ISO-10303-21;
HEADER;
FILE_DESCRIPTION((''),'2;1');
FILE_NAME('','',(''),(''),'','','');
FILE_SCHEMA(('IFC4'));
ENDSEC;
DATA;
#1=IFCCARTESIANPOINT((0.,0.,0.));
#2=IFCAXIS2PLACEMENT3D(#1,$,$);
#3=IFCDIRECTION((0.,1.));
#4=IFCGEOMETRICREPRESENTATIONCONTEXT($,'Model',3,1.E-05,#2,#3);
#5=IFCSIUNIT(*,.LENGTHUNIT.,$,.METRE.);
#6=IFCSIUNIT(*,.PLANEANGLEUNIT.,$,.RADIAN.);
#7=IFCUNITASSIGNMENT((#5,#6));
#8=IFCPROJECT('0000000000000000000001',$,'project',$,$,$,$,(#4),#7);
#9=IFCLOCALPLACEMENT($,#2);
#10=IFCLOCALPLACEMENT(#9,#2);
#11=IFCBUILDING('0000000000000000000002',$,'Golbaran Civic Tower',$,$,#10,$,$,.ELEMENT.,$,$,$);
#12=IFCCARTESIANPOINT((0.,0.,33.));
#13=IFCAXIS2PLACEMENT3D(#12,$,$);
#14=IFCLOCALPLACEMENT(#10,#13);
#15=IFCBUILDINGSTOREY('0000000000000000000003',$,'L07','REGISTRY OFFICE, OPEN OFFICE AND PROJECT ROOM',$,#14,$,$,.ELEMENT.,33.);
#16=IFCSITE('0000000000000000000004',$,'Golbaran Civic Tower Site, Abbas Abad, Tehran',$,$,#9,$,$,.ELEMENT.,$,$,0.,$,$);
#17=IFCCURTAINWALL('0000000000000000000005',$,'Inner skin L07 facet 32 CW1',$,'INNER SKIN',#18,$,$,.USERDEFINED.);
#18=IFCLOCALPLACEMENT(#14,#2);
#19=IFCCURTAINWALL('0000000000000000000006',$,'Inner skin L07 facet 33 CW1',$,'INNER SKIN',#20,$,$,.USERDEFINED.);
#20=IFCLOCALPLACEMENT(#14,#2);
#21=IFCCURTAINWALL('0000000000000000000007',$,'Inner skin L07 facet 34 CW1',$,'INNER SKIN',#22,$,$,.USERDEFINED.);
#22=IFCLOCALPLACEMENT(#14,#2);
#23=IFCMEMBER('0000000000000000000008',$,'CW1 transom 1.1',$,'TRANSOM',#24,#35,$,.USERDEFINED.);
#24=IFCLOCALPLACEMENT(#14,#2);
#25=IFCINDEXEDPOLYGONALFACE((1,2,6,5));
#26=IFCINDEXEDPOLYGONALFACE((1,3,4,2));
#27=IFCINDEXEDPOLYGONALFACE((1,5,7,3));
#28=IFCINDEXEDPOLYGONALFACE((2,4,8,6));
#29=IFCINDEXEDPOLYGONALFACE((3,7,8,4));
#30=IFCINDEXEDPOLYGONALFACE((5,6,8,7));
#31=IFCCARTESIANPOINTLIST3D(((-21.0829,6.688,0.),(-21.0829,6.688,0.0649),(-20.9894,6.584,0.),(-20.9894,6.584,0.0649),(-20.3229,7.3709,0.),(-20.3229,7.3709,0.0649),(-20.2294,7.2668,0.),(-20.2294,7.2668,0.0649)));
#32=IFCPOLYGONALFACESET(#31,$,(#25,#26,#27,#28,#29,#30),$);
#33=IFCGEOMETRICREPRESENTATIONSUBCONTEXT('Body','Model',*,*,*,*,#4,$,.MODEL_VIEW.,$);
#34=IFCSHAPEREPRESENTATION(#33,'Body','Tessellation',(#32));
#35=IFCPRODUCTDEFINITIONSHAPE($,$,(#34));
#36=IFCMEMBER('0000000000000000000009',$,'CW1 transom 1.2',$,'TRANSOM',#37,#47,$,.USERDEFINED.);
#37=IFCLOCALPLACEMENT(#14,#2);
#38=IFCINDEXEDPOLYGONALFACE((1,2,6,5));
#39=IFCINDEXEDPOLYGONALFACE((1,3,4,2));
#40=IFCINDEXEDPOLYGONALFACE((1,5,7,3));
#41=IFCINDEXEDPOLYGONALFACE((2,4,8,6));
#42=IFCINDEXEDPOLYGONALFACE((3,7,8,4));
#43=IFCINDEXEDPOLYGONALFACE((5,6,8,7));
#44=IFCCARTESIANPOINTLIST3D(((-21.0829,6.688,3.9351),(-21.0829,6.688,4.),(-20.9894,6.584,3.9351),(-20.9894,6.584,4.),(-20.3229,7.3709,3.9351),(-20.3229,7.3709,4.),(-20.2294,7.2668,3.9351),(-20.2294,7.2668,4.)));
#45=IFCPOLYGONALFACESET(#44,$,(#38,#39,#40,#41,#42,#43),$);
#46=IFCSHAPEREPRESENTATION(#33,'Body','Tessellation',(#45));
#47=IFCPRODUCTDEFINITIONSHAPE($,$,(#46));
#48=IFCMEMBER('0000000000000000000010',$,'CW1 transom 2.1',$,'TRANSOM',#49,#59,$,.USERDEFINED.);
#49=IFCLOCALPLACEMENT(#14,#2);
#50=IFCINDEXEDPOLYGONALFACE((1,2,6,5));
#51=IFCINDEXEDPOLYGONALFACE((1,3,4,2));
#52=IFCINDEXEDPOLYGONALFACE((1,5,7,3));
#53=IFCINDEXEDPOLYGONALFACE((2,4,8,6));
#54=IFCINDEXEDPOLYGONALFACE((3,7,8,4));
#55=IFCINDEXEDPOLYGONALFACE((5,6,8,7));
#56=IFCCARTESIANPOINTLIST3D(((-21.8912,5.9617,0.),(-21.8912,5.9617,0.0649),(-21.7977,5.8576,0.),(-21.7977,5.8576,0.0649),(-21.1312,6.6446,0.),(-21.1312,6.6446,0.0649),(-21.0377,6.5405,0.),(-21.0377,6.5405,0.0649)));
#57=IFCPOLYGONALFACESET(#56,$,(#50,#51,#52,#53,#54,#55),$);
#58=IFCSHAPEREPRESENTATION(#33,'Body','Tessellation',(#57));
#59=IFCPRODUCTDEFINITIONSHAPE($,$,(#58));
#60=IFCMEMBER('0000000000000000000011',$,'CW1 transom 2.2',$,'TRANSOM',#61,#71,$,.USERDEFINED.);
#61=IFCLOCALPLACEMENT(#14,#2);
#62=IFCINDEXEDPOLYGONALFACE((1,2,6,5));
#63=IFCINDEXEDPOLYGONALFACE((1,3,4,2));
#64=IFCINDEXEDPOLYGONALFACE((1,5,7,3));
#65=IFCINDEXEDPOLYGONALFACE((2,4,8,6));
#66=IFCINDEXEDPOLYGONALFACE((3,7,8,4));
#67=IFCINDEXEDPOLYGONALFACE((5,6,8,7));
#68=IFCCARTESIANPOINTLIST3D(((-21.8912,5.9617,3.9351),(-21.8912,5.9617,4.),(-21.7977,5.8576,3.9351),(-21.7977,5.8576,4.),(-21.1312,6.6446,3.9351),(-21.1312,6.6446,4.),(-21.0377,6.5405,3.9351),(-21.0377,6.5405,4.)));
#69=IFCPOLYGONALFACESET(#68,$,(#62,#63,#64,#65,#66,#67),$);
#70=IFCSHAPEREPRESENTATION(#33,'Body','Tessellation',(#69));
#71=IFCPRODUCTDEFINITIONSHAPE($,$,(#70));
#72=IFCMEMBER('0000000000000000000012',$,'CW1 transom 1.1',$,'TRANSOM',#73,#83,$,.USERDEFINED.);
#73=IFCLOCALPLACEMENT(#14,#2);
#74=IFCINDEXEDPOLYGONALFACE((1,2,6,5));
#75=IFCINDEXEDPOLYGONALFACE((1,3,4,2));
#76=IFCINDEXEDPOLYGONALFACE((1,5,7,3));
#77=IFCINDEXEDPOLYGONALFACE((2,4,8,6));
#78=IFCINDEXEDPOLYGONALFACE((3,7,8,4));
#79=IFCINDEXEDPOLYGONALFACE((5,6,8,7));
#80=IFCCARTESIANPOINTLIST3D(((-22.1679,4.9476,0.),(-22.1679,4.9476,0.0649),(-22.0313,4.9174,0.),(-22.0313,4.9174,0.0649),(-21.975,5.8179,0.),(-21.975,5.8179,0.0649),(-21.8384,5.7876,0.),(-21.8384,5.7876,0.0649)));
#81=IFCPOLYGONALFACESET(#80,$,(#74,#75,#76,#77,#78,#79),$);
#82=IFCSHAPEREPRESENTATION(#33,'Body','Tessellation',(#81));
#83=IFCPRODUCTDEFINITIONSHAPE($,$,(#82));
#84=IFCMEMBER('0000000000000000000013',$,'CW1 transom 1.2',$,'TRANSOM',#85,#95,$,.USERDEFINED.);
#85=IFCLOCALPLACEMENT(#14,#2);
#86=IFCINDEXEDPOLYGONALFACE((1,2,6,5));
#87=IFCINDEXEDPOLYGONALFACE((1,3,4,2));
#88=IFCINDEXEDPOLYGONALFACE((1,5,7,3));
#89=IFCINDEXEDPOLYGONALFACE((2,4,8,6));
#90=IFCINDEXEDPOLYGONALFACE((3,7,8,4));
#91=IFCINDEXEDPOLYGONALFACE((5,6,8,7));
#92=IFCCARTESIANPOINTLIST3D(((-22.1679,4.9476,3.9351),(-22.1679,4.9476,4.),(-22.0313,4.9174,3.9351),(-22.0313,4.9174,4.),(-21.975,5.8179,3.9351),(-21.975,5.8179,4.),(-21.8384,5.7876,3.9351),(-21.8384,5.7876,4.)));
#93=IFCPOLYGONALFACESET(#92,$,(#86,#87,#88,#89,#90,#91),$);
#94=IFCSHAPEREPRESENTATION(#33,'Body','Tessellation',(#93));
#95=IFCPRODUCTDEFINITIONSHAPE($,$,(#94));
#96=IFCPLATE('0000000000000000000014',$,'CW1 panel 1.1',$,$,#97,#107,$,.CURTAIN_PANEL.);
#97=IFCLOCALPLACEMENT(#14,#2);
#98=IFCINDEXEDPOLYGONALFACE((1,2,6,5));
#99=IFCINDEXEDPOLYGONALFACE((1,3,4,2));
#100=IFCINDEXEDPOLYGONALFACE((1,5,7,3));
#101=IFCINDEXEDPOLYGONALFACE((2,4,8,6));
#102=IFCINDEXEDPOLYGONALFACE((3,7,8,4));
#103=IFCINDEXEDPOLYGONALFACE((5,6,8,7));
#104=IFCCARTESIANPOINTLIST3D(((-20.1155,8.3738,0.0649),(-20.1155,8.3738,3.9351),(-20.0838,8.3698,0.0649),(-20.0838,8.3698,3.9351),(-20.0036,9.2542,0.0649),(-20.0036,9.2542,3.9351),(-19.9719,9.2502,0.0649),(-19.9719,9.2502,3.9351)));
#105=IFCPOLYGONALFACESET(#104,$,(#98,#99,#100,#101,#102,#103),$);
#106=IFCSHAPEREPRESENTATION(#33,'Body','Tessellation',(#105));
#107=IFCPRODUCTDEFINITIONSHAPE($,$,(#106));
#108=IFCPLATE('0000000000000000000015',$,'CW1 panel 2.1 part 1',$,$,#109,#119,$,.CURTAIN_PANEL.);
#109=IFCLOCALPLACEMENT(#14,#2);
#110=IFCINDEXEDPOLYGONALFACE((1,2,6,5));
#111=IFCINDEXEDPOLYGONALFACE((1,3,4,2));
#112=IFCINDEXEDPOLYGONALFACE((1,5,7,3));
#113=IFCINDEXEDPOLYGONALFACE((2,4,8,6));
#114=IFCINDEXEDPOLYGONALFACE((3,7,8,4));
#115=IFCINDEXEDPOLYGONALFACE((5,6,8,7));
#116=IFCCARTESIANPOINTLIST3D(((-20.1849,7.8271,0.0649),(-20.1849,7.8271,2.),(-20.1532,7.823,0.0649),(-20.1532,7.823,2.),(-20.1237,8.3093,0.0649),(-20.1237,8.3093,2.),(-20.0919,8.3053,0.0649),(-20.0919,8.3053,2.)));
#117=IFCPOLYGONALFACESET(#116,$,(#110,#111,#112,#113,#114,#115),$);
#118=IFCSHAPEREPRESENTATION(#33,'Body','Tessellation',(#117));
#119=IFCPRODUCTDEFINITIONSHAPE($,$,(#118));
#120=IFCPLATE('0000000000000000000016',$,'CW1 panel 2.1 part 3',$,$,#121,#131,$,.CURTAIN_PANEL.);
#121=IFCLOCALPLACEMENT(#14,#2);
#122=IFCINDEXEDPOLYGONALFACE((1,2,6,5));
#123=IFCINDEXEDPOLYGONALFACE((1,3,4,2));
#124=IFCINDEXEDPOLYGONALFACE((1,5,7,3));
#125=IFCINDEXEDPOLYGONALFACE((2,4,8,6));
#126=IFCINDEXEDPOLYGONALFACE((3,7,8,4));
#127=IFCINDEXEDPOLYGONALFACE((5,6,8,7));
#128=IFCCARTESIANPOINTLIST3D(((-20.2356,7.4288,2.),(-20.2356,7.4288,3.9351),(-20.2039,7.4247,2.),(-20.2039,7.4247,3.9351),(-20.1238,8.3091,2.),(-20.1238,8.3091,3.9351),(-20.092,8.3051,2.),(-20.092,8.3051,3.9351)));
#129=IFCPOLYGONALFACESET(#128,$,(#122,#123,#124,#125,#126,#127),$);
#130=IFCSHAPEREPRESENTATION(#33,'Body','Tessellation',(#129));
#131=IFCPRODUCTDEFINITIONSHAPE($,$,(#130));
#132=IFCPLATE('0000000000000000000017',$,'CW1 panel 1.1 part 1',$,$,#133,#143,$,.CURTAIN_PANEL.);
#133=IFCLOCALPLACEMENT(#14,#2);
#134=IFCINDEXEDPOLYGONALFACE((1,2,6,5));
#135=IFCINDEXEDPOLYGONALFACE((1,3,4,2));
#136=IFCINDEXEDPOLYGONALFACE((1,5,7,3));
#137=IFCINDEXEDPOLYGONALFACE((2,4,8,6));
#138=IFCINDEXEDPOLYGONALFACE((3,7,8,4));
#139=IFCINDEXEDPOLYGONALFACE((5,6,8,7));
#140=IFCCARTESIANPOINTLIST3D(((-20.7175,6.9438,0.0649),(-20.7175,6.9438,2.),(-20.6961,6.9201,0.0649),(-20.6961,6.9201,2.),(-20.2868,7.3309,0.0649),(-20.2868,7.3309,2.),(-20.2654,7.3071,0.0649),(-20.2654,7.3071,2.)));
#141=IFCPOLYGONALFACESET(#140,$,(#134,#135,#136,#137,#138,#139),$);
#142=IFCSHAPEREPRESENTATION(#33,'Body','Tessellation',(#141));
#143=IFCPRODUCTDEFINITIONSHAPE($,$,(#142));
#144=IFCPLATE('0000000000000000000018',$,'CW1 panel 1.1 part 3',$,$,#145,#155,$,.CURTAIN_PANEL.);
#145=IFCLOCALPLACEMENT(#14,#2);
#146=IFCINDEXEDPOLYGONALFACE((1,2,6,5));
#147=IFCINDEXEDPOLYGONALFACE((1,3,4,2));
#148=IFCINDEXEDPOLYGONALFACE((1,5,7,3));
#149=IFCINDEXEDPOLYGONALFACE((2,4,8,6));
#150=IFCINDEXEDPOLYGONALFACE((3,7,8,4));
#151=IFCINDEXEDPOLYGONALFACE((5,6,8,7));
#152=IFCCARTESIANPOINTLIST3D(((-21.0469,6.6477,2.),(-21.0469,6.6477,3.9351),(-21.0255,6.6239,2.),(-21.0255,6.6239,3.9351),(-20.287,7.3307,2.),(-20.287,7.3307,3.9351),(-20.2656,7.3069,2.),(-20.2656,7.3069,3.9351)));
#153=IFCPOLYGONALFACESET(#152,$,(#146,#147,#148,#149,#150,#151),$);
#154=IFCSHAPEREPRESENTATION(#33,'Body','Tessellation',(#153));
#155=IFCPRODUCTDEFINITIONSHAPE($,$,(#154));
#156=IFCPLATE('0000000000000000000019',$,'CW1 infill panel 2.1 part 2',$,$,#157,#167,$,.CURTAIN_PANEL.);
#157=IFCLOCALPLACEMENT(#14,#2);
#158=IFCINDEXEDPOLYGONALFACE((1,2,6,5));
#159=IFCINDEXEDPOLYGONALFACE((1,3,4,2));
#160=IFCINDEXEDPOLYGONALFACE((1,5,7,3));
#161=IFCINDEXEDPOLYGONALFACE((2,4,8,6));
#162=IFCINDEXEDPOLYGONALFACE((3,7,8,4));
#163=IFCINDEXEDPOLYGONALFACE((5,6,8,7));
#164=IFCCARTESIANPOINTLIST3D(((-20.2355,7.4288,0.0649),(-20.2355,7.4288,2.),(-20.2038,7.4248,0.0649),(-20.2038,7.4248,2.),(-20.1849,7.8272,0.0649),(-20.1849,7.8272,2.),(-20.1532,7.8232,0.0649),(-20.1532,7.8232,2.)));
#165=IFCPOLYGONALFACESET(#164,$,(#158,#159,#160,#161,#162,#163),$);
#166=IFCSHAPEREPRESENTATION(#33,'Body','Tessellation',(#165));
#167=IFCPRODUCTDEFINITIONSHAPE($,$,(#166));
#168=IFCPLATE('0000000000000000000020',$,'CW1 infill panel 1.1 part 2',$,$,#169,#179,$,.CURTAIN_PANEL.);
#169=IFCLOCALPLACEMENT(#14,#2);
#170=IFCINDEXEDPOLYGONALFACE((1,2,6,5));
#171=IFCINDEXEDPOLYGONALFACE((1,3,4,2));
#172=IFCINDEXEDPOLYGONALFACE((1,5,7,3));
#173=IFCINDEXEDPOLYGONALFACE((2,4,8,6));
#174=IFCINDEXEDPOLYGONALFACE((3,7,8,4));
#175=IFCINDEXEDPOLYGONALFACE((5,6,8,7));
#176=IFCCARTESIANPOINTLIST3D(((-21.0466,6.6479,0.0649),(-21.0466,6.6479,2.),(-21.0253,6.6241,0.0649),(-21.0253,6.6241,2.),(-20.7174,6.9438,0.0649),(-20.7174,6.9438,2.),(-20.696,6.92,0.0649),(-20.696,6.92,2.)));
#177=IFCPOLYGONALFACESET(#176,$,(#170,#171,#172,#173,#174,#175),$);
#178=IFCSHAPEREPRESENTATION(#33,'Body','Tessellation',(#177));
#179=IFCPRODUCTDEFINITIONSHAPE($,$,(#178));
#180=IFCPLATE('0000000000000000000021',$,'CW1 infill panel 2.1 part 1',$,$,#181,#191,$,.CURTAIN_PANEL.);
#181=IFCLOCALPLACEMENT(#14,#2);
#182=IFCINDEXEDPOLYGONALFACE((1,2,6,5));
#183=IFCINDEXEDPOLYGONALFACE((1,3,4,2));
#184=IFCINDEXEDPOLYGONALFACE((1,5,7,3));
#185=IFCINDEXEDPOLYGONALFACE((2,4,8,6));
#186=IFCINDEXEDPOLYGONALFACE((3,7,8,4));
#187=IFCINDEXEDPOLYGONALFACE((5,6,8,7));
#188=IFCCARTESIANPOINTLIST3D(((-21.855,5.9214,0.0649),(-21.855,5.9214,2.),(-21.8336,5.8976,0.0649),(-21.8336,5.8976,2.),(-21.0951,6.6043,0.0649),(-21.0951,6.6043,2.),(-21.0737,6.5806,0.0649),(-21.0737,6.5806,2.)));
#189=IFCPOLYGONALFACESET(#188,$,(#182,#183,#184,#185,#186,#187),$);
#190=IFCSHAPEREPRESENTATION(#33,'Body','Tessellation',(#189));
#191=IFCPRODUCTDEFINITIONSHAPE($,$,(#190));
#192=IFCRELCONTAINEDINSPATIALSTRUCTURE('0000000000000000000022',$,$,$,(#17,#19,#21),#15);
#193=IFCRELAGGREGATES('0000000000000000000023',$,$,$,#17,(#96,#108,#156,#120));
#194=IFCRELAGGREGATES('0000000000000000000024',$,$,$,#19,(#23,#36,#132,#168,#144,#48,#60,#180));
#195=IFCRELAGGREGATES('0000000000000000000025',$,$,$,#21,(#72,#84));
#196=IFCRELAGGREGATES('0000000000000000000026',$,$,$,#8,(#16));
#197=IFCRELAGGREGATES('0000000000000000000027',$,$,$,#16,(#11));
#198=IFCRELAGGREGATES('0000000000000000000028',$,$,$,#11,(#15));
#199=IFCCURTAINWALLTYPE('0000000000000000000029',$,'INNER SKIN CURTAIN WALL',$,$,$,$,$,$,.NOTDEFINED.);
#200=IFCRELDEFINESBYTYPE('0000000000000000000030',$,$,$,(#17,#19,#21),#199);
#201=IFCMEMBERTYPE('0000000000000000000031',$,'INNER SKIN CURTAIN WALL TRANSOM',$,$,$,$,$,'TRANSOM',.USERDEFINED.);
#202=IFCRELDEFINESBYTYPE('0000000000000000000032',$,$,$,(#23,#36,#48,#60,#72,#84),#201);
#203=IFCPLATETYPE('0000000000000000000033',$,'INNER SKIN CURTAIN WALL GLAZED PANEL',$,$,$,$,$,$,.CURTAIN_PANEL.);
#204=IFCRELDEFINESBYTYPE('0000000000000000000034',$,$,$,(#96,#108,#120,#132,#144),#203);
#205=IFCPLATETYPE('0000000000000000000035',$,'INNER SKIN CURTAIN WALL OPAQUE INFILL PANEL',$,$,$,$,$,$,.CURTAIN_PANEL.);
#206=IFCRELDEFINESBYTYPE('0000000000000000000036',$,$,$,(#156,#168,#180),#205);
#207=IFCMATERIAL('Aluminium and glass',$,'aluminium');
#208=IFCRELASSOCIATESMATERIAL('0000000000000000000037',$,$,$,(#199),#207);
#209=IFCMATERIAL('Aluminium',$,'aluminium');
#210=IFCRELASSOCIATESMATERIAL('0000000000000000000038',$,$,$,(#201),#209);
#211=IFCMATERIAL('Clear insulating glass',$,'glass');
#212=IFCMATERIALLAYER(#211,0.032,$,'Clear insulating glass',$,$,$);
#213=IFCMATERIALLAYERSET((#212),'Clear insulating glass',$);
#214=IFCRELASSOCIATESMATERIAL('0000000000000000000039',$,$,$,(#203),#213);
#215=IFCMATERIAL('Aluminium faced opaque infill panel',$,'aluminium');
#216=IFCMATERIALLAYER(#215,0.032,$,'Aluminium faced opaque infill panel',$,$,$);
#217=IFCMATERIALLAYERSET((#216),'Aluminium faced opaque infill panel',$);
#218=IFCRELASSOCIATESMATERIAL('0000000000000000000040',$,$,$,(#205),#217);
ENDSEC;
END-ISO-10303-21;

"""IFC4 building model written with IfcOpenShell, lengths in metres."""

from ifc_helpers import new_model, si_unit, direction, frame, origin, origin_2d, place, context, subcontext, project, spatial, rectangle, extrude, material, layer, layer_set, material_profile, profile_set, type_object, element, aggregate, save


model = new_model("IFC4")

# Units and contexts
model_context = context("Model", 3, precision=1e-05, world=origin(), true_north=direction((0.0, 1.0)))
body_context = subcontext(model_context, "Body", "Model", "MODEL_VIEW")
ifc_project = project(units=[si_unit("LENGTHUNIT", "METRE"), si_unit("PLANEANGLEUNIT", "RADIAN")], contexts=[model_context])

# Site, building, storey
site_placement = place(None, origin())
site = spatial("IfcSite", under=ifc_project, at=site_placement, Name="Golbaran Civic Tower Site, Abbas Abad, Tehran", CompositionType="ELEMENT", RefElevation=0.0)
building_placement = place(site_placement, origin())
building = spatial("IfcBuilding", under=site, at=building_placement, Name="Golbaran Civic Tower", CompositionType="ELEMENT")
storey_placement = place(building_placement, frame((0.0, 0.0, 33.0)))
storey = spatial("IfcBuildingStorey", under=building, at=storey_placement, Name="L07", Description="REGISTRY OFFICE, OPEN OFFICE AND PROJECT ROOM", CompositionType="ELEMENT", Elevation=33.0)

# Curtain walls
ifc_material_1 = material(Name="Aluminium and glass", Category="aluminium")
curtain_wall_type = type_object("IfcCurtainWallType", Name="INNER SKIN CURTAIN WALL", PredefinedType="NOTDEFINED", material=ifc_material_1)
curtain_wall_1_placement = place(storey_placement, origin())
curtain_wall_1 = element("IfcCurtainWall", 1, at=curtain_wall_1_placement, inside=storey, type_object=curtain_wall_type, Name="Inner skin L07 facet 32 CW1", ObjectType="INNER SKIN", PredefinedType="USERDEFINED")
ifc_material_2 = material(Name="Aluminium", Category="aluminium")
curtain_wall_2_placement = place(storey_placement, origin())
curtain_wall_2 = element("IfcCurtainWall", 2, at=curtain_wall_2_placement, inside=storey, type_object=curtain_wall_type, Name="Inner skin L07 facet 33 CW1", ObjectType="INNER SKIN", PredefinedType="USERDEFINED")

# Curtain wall
curtain_wall_3_placement = place(storey_placement, origin())
curtain_wall_3 = element("IfcCurtainWall", 3, at=curtain_wall_3_placement, inside=storey, type_object=curtain_wall_type, Name="Inner skin L07 facet 34 CW1", ObjectType="INNER SKIN", PredefinedType="USERDEFINED")

# Members
ifc_material_profile_1 = material_profile(ifc_material_2, rectangle(XDim=0.1399, YDim=0.0649, at=origin_2d()), Name="INNER SKIN CURTAIN WALL TRANSOM")
ifc_profile_set_1 = profile_set([ifc_material_profile_1], Name="Aluminium")
member_type_1 = type_object("IfcMemberType", Name="INNER SKIN CURTAIN WALL TRANSOM", ElementType="TRANSOM", PredefinedType="USERDEFINED", material=ifc_profile_set_1)
member_1_placement = place(storey_placement, frame((-20.2761, 7.3188, 0.0325), z_axis=(-0.743852, -0.668344, 0.0), x_axis=(0.668344, -0.743852, 0.0)))
member_1 = element("IfcMember", 4, at=member_1_placement, type_object=member_type_1, Name="CW1 transom 1.1", ObjectType="TRANSOM", PredefinedType="USERDEFINED", context=body_context, shape_type="SweptSolid", body=[
    extrude(rectangle(XDim=0.1399, YDim=0.0649, at=origin_2d()), origin(), (0.0, 0.0, 1.0), 1.0217),
])
member_2_placement = place(storey_placement, frame((-20.2761, 7.3188, 3.9675), z_axis=(-0.743852, -0.668344, 0.0), x_axis=(0.668344, -0.743852, 0.0)))
member_2 = element("IfcMember", 5, at=member_2_placement, type_object=member_type_1, Name="CW1 transom 1.2", ObjectType="TRANSOM", PredefinedType="USERDEFINED", context=body_context, shape_type="SweptSolid", body=[
    extrude(rectangle(XDim=0.1399, YDim=0.0649, at=origin_2d()), origin(), (0.0, 0.0, 1.0), 1.0217),
])
member_3_placement = place(storey_placement, frame((-21.0845, 6.5925, 0.0325), z_axis=(-0.743852, -0.668344, 0.0), x_axis=(0.668344, -0.743852, 0.0)))
member_3 = element("IfcMember", 6, at=member_3_placement, type_object=member_type_1, Name="CW1 transom 2.1", ObjectType="TRANSOM", PredefinedType="USERDEFINED", context=body_context, shape_type="SweptSolid", body=[
    extrude(rectangle(XDim=0.1399, YDim=0.0649, at=origin_2d()), origin(), (0.0, 0.0, 1.0), 1.0217),
])
member_4_placement = place(storey_placement, frame((-21.0845, 6.5925, 3.9675), z_axis=(-0.743852, -0.668344, 0.0), x_axis=(0.668344, -0.743852, 0.0)))
member_4 = element("IfcMember", 7, at=member_4_placement, type_object=member_type_1, Name="CW1 transom 2.2", ObjectType="TRANSOM", PredefinedType="USERDEFINED", context=body_context, shape_type="SweptSolid", body=[
    extrude(rectangle(XDim=0.1399, YDim=0.0649, at=origin_2d()), origin(), (0.0, 0.0, 1.0), 1.0217),
])
member_5_placement = place(storey_placement, frame((-21.9067, 5.8027, 0.0325), z_axis=(-0.216408, -0.976303, 0.0), x_axis=(0.976303, -0.216408, 0.0)))
member_5 = element("IfcMember", 8, at=member_5_placement, type_object=member_type_1, Name="CW1 transom 1.1", ObjectType="TRANSOM", PredefinedType="USERDEFINED", context=body_context, shape_type="SweptSolid", body=[
    extrude(rectangle(XDim=0.1399, YDim=0.0649, at=origin_2d()), origin(), (0.0, 0.0, 1.0), 0.8914),
])
member_6_placement = place(storey_placement, frame((-21.9067, 5.8027, 3.9675), z_axis=(-0.216408, -0.976303, 0.0), x_axis=(0.976303, -0.216408, 0.0)))
member_6 = element("IfcMember", 9, at=member_6_placement, type_object=member_type_1, Name="CW1 transom 1.2", ObjectType="TRANSOM", PredefinedType="USERDEFINED", context=body_context, shape_type="SweptSolid", body=[
    extrude(rectangle(XDim=0.1399, YDim=0.0649, at=origin_2d()), origin(), (0.0, 0.0, 1.0), 0.8914),
])

# Plates
ifc_material_3 = material(Name="Clear insulating glass", Category="glass")
ifc_layer_1 = layer(ifc_material_3, 0.032, Name="Clear insulating glass")
ifc_layer_set_1 = layer_set([ifc_layer_1], Name="Clear insulating glass")
plate_type_1 = type_object("IfcPlateType", Name="INNER SKIN CURTAIN WALL GLAZED PANEL", PredefinedType="CURTAIN_PANEL", material=ifc_layer_set_1)
plate_1_placement = place(storey_placement, frame((-20.0437, 8.812, 0.0649), z_axis=(0.0, 0.0, 1.0), x_axis=(-0.126024, -0.992027, 0.0)))
plate_1 = element("IfcPlate", 10, at=plate_1_placement, type_object=plate_type_1, Name="CW1 panel 1.1", PredefinedType="CURTAIN_PANEL", context=body_context, shape_type="SweptSolid", body=[
    extrude(rectangle(XDim=0.8875, YDim=0.032, at=origin_2d()), origin(), (0.0, 0.0, 1.0), 3.8701),
])
plate_2_placement = place(storey_placement, frame((-20.1384, 8.0662, 0.0649), z_axis=(0.0, 0.0, 1.0), x_axis=(-0.126024, -0.992027, 0.0)))
plate_2 = element("IfcPlate", 11, at=plate_2_placement, type_object=plate_type_1, Name="CW1 panel 2.1 part 1", PredefinedType="CURTAIN_PANEL", context=body_context, shape_type="SweptSolid", body=[
    extrude(rectangle(XDim=0.4861, YDim=0.032, at=origin_2d()), origin(), (0.0, 0.0, 1.0), 1.9351),
])
plate_3_placement = place(storey_placement, frame((-20.1638, 7.8669, 2.0), z_axis=(0.0, 0.0, 1.0), x_axis=(-0.126024, -0.992027, 0.0)))
plate_3 = element("IfcPlate", 12, at=plate_3_placement, type_object=plate_type_1, Name="CW1 panel 2.1 part 3", PredefinedType="CURTAIN_PANEL", context=body_context, shape_type="SweptSolid", body=[
    extrude(rectangle(XDim=0.8875, YDim=0.032, at=origin_2d()), origin(), (0.0, 0.0, 1.0), 1.9351),
])
plate_4_placement = place(storey_placement, frame((-20.4915, 7.1255, 0.0649), z_axis=(0.0, 0.0, 1.0), x_axis=(-0.743784, -0.66842, 0.0)))
plate_4 = element("IfcPlate", 13, at=plate_4_placement, type_object=plate_type_1, Name="CW1 panel 1.1 part 1", PredefinedType="CURTAIN_PANEL", context=body_context, shape_type="SweptSolid", body=[
    extrude(rectangle(XDim=0.5791, YDim=0.032, at=origin_2d()), origin(), (0.0, 0.0, 1.0), 1.9351),
])
plate_5_placement = place(storey_placement, frame((-20.6562, 6.9773, 2.0), z_axis=(0.0, 0.0, 1.0), x_axis=(-0.743784, -0.66842, 0.0)))
plate_5 = element("IfcPlate", 14, at=plate_5_placement, type_object=plate_type_1, Name="CW1 panel 1.1 part 3", PredefinedType="CURTAIN_PANEL", context=body_context, shape_type="SweptSolid", body=[
    extrude(rectangle(XDim=1.0217, YDim=0.032, at=origin_2d()), origin(), (0.0, 0.0, 1.0), 1.9351),
])
ifc_material_4 = material(Name="Aluminium faced opaque infill panel", Category="aluminium")
ifc_layer_2 = layer(ifc_material_4, 0.032, Name="Aluminium faced opaque infill panel")
ifc_layer_set_2 = layer_set([ifc_layer_2], Name="Aluminium faced opaque infill panel")
plate_type_2 = type_object("IfcPlateType", Name="INNER SKIN CURTAIN WALL OPAQUE INFILL PANEL", PredefinedType="CURTAIN_PANEL", material=ifc_layer_set_2)
plate_6_placement = place(storey_placement, frame((-20.1943, 7.626, 0.0649), z_axis=(0.0, 0.0, 1.0), x_axis=(-0.126024, -0.992027, 0.0)))
plate_6 = element("IfcPlate", 15, at=plate_6_placement, type_object=plate_type_2, Name="CW1 infill panel 2.1 part 2", PredefinedType="CURTAIN_PANEL", context=body_context, shape_type="SweptSolid", body=[
    extrude(rectangle(XDim=0.4016, YDim=0.032, at=origin_2d()), origin(), (0.0, 0.0, 1.0), 1.9351),
])
aggregate(curtain_wall_1, [plate_1, plate_2, plate_6, plate_3])
plate_7_placement = place(storey_placement, frame((-20.8713, 6.7839, 0.0649), z_axis=(0.0, 0.0, 1.0), x_axis=(-0.743784, -0.66842, 0.0)))
plate_7 = element("IfcPlate", 16, at=plate_7_placement, type_object=plate_type_2, Name="CW1 infill panel 1.1 part 2", PredefinedType="CURTAIN_PANEL", context=body_context, shape_type="SweptSolid", body=[
    extrude(rectangle(XDim=0.4426, YDim=0.032, at=origin_2d()), origin(), (0.0, 0.0, 1.0), 1.9351),
])
plate_8_placement = place(storey_placement, frame((-21.4644, 6.251, 0.0649), z_axis=(0.0, 0.0, 1.0), x_axis=(-0.743784, -0.66842, 0.0)))
plate_8 = element("IfcPlate", 17, at=plate_8_placement, type_object=plate_type_2, Name="CW1 infill panel 2.1 part 1", PredefinedType="CURTAIN_PANEL", context=body_context, shape_type="SweptSolid", body=[
    extrude(rectangle(XDim=1.0217, YDim=0.032, at=origin_2d()), origin(), (0.0, 0.0, 1.0), 1.9351),
])
aggregate(curtain_wall_2, [member_1, member_2, plate_4, plate_7, plate_5, member_3, member_4, plate_8])
aggregate(curtain_wall_3, [member_5, member_6])

save(model, "model.ifc")
